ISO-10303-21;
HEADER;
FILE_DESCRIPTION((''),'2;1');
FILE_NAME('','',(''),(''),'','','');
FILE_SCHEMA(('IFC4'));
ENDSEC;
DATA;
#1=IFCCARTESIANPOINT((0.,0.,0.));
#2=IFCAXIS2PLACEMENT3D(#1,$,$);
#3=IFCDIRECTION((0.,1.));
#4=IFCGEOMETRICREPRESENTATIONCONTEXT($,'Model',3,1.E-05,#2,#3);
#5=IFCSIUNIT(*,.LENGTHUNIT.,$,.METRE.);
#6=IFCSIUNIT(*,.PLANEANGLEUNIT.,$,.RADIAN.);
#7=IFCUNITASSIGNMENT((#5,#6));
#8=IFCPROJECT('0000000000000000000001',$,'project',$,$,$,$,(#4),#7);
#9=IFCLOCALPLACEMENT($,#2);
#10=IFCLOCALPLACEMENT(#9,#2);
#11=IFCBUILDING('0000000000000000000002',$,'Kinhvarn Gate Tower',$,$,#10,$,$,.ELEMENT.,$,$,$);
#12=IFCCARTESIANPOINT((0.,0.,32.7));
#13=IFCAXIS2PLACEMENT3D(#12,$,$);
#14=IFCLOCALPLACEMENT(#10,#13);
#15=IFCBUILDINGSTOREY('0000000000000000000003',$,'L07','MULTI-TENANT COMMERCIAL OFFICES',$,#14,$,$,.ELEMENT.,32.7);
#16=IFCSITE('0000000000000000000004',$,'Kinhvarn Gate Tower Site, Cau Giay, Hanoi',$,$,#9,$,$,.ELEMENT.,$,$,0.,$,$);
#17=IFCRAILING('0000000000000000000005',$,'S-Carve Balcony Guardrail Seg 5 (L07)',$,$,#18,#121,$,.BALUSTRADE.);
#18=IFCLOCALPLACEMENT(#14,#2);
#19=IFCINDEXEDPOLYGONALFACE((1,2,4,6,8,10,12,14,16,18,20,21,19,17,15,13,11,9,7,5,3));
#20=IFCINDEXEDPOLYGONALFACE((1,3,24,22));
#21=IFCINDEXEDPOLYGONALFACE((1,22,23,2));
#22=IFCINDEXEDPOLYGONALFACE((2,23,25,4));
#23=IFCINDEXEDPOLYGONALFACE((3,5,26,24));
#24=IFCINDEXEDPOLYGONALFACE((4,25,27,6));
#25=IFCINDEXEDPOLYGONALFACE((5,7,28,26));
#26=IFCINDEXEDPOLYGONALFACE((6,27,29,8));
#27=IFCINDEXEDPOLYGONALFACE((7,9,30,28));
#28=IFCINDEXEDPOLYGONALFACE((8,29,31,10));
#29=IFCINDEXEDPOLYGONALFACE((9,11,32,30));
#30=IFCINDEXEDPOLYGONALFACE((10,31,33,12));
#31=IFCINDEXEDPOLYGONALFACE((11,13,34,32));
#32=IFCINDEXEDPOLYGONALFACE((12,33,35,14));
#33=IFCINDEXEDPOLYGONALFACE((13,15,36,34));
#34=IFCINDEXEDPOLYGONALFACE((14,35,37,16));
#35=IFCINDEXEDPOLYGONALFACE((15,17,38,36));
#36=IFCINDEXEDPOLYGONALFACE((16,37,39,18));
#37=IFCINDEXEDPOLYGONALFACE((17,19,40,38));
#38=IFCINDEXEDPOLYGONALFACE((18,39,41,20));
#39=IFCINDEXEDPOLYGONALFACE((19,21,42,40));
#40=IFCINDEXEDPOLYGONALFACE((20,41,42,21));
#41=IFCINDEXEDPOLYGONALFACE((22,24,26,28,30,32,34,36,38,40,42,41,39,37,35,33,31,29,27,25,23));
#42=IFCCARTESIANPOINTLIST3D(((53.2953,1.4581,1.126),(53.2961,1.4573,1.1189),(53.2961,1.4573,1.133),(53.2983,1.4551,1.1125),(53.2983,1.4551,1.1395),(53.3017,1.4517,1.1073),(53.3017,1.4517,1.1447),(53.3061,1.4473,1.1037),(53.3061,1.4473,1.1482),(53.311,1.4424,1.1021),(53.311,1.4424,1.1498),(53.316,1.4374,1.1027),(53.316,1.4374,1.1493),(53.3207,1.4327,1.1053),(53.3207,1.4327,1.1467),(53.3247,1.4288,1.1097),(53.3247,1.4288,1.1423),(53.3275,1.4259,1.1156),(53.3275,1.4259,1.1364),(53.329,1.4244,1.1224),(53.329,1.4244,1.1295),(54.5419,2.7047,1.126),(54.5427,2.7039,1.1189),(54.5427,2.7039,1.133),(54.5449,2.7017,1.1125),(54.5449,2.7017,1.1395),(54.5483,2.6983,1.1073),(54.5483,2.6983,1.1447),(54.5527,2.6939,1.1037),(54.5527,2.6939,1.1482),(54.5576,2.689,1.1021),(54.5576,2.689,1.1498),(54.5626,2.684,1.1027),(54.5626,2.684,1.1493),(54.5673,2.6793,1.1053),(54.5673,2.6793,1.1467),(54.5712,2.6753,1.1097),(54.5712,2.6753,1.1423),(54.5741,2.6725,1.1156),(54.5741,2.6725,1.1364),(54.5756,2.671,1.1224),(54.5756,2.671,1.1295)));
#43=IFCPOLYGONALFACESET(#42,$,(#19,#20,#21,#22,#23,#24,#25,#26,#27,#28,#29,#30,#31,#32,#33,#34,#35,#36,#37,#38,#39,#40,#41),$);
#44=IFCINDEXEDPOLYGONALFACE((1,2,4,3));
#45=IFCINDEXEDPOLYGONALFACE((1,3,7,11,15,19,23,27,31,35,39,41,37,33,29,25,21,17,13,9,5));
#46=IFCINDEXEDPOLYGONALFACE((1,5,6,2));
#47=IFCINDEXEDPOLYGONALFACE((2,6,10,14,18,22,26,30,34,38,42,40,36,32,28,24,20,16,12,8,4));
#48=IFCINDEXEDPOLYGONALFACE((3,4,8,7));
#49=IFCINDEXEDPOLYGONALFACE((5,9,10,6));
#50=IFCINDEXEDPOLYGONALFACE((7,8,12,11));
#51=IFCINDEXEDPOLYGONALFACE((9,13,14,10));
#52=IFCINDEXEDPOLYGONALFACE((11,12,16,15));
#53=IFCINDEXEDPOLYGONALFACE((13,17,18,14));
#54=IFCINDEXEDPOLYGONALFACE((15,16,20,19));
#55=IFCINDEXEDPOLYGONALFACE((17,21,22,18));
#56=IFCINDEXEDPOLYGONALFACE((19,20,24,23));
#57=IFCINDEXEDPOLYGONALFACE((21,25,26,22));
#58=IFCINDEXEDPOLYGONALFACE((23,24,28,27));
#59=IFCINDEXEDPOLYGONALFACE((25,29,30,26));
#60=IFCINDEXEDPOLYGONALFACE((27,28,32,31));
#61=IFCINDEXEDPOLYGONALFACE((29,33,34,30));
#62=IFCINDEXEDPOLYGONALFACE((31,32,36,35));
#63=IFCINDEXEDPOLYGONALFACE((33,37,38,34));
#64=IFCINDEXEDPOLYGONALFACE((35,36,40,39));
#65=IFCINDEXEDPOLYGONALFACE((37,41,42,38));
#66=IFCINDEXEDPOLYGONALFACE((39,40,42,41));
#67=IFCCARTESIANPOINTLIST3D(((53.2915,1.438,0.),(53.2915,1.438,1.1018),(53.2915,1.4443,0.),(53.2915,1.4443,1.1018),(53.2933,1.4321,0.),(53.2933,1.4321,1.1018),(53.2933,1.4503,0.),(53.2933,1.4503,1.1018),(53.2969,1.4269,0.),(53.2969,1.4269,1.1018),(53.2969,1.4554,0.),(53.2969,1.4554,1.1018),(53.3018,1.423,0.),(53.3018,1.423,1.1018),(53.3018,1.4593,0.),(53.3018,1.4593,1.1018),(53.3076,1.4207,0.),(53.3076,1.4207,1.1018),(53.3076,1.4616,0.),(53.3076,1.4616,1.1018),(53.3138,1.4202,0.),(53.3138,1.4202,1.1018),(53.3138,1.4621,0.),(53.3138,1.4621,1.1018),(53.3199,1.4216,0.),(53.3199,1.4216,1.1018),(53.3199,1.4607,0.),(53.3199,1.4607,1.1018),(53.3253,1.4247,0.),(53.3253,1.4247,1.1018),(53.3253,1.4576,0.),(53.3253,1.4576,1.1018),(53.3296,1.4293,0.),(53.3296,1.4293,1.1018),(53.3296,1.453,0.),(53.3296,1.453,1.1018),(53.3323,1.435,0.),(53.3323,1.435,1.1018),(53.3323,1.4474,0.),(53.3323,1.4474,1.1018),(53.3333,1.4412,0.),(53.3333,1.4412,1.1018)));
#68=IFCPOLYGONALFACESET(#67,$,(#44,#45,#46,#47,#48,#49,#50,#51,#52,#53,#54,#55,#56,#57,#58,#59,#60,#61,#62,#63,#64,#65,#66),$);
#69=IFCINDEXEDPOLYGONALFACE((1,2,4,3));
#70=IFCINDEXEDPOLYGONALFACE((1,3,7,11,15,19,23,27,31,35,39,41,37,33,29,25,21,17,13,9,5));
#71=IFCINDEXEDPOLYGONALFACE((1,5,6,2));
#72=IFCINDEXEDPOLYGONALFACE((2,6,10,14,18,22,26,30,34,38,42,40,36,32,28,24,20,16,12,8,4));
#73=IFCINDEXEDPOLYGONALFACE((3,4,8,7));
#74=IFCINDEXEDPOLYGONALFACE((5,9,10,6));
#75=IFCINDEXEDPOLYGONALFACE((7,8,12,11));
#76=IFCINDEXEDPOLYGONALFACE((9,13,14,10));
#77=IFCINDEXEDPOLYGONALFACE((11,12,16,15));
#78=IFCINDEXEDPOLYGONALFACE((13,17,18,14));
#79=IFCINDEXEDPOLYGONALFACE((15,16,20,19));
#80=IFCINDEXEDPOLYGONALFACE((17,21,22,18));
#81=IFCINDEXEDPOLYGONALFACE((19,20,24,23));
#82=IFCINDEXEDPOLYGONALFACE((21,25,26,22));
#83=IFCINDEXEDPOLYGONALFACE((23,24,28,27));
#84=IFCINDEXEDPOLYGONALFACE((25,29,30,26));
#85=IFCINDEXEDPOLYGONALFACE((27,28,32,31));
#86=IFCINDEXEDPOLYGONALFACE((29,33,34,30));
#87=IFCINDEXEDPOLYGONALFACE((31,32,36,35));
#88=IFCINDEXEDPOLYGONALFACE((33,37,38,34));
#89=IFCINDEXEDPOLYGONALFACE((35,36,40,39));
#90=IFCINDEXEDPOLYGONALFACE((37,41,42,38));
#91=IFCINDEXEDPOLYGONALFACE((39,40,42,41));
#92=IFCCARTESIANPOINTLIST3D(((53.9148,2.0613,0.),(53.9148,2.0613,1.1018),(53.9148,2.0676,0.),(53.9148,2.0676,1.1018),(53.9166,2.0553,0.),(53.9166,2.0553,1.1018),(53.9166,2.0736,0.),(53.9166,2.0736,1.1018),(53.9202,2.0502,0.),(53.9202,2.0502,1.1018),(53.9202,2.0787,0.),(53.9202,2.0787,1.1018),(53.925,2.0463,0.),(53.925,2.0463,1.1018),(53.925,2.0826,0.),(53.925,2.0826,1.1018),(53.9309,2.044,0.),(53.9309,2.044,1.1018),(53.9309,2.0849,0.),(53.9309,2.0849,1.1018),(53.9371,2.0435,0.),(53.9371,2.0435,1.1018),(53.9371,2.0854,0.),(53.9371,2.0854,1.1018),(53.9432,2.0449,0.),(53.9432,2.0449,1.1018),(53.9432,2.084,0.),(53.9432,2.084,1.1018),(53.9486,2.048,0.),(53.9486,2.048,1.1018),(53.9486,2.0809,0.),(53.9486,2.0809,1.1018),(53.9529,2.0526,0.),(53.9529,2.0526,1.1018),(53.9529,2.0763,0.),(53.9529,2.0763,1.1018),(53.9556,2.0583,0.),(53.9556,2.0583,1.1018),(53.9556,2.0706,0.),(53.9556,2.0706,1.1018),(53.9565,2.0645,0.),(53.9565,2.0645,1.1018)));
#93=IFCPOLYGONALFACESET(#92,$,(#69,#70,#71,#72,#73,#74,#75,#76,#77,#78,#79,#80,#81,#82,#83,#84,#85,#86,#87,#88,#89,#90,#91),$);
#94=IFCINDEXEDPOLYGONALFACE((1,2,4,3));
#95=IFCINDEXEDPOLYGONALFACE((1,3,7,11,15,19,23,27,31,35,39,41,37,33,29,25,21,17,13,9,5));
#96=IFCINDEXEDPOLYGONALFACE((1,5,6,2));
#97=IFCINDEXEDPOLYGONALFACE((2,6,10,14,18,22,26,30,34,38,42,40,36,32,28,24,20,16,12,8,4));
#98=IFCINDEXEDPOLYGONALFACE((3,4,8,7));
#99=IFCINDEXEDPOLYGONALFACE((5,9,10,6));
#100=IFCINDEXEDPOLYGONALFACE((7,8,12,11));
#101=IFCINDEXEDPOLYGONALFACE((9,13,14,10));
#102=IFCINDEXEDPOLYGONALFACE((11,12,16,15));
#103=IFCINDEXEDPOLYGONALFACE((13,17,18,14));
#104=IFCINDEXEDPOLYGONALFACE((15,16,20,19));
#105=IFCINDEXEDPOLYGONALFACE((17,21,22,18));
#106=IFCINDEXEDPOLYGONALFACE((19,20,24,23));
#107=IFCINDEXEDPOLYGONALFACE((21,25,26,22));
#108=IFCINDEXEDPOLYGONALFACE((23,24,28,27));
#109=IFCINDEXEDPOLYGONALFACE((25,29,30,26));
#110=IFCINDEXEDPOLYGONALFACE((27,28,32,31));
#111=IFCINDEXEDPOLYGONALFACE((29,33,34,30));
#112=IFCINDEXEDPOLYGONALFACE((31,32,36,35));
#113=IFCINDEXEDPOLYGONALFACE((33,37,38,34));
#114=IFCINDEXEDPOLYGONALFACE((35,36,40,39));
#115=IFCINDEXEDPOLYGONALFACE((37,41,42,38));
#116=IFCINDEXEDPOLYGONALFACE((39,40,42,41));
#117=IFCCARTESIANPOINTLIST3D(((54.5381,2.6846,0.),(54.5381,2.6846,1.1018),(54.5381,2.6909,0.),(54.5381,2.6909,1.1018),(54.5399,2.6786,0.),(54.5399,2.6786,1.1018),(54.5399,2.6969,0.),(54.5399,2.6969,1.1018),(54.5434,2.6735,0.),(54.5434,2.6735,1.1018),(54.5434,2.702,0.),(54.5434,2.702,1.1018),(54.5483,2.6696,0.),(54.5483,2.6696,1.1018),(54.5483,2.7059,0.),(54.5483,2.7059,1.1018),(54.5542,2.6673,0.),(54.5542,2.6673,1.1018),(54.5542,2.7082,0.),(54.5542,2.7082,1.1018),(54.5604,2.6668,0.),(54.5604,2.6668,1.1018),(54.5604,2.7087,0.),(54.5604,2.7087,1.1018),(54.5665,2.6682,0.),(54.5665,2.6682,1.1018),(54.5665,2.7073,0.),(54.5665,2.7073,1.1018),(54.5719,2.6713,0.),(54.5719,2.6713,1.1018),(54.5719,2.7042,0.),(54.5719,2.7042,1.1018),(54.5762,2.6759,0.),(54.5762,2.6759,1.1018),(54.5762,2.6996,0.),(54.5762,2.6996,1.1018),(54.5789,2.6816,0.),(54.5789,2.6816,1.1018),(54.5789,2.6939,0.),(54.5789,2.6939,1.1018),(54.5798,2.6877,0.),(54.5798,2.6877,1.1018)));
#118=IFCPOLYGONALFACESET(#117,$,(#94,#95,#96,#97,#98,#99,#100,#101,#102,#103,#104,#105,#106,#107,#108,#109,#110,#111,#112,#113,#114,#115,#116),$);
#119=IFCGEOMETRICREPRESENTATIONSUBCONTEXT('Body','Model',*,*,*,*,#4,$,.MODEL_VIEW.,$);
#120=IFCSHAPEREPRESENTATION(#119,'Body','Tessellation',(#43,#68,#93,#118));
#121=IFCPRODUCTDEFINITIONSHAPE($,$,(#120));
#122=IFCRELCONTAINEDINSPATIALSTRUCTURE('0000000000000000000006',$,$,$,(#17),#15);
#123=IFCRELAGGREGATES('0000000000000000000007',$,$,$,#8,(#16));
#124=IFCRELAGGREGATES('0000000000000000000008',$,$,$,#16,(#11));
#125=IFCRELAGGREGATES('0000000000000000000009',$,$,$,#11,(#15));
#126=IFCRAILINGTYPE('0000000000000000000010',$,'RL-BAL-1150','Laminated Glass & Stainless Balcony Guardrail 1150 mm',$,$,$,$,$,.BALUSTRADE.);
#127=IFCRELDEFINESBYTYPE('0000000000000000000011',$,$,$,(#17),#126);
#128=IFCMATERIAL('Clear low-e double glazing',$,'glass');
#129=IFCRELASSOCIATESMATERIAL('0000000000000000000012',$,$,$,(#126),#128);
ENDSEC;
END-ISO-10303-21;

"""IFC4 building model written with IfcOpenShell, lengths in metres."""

from ifc_helpers import new_model, si_unit, direction, frame, origin, origin_2d, place, context, subcontext, project, spatial, circle, extrude, material, type_object, element, save


model = new_model("IFC4")

# Units and contexts
model_context = context("Model", 3, precision=1e-05, world=origin(), true_north=direction((0.0, 1.0)))
body_context = subcontext(model_context, "Body", "Model", "MODEL_VIEW")
ifc_project = project(units=[si_unit("LENGTHUNIT", "METRE"), si_unit("PLANEANGLEUNIT", "RADIAN")], contexts=[model_context])

# Site, building, storey
site_placement = place(None, origin())
site = spatial("IfcSite", under=ifc_project, at=site_placement, Name="Kinhvarn Gate Tower Site, Cau Giay, Hanoi", CompositionType="ELEMENT", RefElevation=0.0)
building_placement = place(site_placement, origin())
building = spatial("IfcBuilding", under=site, at=building_placement, Name="Kinhvarn Gate Tower", CompositionType="ELEMENT")
storey_placement = place(building_placement, frame((0.0, 0.0, 32.7)))
storey = spatial("IfcBuildingStorey", under=building, at=storey_placement, Name="L07", Description="MULTI-TENANT COMMERCIAL OFFICES", CompositionType="ELEMENT", Elevation=32.7)

# Shared definitions
ifc_material_1 = material(Name="Clear low-e double glazing", Category="glass")

# Railing
railing_type = type_object("IfcRailingType", Name="RL-BAL-1150", Description="Laminated Glass & Stainless Balcony Guardrail 1150 mm", PredefinedType="BALUSTRADE", material=ifc_material_1)
railing_1_placement = place(storey_placement, frame((53.3123, 1.4412, 0.0)))
element("IfcRailing", 1, at=railing_1_placement, inside=storey, type_object=railing_type, Name="S-Carve Balcony Guardrail Seg 5 (L07)", PredefinedType="BALUSTRADE", context=body_context, shape_type="SweptSolid", body=[
    extrude(circle(Radius=0.0239, at=origin_2d()), frame((0.0, 0.0, 1.126), z_axis=(0.707107, 0.707107, 0.0), x_axis=(-0.707107, 0.707107, 0.0)), (0.0, 0.0, 1.0), 1.7629),
    extrude(circle(Radius=0.021, at=origin_2d()), origin(), (0.0, 0.0, 1.0), 1.1018),
    extrude(circle(Radius=0.021, at=origin_2d()), frame((0.6233, 0.6233, 0.0)), (0.0, 0.0, 1.0), 1.1018),
    extrude(circle(Radius=0.021, at=origin_2d()), frame((1.2466, 1.2466, 0.0)), (0.0, 0.0, 1.0), 1.1018),
])

save(model, "model.ifc")
